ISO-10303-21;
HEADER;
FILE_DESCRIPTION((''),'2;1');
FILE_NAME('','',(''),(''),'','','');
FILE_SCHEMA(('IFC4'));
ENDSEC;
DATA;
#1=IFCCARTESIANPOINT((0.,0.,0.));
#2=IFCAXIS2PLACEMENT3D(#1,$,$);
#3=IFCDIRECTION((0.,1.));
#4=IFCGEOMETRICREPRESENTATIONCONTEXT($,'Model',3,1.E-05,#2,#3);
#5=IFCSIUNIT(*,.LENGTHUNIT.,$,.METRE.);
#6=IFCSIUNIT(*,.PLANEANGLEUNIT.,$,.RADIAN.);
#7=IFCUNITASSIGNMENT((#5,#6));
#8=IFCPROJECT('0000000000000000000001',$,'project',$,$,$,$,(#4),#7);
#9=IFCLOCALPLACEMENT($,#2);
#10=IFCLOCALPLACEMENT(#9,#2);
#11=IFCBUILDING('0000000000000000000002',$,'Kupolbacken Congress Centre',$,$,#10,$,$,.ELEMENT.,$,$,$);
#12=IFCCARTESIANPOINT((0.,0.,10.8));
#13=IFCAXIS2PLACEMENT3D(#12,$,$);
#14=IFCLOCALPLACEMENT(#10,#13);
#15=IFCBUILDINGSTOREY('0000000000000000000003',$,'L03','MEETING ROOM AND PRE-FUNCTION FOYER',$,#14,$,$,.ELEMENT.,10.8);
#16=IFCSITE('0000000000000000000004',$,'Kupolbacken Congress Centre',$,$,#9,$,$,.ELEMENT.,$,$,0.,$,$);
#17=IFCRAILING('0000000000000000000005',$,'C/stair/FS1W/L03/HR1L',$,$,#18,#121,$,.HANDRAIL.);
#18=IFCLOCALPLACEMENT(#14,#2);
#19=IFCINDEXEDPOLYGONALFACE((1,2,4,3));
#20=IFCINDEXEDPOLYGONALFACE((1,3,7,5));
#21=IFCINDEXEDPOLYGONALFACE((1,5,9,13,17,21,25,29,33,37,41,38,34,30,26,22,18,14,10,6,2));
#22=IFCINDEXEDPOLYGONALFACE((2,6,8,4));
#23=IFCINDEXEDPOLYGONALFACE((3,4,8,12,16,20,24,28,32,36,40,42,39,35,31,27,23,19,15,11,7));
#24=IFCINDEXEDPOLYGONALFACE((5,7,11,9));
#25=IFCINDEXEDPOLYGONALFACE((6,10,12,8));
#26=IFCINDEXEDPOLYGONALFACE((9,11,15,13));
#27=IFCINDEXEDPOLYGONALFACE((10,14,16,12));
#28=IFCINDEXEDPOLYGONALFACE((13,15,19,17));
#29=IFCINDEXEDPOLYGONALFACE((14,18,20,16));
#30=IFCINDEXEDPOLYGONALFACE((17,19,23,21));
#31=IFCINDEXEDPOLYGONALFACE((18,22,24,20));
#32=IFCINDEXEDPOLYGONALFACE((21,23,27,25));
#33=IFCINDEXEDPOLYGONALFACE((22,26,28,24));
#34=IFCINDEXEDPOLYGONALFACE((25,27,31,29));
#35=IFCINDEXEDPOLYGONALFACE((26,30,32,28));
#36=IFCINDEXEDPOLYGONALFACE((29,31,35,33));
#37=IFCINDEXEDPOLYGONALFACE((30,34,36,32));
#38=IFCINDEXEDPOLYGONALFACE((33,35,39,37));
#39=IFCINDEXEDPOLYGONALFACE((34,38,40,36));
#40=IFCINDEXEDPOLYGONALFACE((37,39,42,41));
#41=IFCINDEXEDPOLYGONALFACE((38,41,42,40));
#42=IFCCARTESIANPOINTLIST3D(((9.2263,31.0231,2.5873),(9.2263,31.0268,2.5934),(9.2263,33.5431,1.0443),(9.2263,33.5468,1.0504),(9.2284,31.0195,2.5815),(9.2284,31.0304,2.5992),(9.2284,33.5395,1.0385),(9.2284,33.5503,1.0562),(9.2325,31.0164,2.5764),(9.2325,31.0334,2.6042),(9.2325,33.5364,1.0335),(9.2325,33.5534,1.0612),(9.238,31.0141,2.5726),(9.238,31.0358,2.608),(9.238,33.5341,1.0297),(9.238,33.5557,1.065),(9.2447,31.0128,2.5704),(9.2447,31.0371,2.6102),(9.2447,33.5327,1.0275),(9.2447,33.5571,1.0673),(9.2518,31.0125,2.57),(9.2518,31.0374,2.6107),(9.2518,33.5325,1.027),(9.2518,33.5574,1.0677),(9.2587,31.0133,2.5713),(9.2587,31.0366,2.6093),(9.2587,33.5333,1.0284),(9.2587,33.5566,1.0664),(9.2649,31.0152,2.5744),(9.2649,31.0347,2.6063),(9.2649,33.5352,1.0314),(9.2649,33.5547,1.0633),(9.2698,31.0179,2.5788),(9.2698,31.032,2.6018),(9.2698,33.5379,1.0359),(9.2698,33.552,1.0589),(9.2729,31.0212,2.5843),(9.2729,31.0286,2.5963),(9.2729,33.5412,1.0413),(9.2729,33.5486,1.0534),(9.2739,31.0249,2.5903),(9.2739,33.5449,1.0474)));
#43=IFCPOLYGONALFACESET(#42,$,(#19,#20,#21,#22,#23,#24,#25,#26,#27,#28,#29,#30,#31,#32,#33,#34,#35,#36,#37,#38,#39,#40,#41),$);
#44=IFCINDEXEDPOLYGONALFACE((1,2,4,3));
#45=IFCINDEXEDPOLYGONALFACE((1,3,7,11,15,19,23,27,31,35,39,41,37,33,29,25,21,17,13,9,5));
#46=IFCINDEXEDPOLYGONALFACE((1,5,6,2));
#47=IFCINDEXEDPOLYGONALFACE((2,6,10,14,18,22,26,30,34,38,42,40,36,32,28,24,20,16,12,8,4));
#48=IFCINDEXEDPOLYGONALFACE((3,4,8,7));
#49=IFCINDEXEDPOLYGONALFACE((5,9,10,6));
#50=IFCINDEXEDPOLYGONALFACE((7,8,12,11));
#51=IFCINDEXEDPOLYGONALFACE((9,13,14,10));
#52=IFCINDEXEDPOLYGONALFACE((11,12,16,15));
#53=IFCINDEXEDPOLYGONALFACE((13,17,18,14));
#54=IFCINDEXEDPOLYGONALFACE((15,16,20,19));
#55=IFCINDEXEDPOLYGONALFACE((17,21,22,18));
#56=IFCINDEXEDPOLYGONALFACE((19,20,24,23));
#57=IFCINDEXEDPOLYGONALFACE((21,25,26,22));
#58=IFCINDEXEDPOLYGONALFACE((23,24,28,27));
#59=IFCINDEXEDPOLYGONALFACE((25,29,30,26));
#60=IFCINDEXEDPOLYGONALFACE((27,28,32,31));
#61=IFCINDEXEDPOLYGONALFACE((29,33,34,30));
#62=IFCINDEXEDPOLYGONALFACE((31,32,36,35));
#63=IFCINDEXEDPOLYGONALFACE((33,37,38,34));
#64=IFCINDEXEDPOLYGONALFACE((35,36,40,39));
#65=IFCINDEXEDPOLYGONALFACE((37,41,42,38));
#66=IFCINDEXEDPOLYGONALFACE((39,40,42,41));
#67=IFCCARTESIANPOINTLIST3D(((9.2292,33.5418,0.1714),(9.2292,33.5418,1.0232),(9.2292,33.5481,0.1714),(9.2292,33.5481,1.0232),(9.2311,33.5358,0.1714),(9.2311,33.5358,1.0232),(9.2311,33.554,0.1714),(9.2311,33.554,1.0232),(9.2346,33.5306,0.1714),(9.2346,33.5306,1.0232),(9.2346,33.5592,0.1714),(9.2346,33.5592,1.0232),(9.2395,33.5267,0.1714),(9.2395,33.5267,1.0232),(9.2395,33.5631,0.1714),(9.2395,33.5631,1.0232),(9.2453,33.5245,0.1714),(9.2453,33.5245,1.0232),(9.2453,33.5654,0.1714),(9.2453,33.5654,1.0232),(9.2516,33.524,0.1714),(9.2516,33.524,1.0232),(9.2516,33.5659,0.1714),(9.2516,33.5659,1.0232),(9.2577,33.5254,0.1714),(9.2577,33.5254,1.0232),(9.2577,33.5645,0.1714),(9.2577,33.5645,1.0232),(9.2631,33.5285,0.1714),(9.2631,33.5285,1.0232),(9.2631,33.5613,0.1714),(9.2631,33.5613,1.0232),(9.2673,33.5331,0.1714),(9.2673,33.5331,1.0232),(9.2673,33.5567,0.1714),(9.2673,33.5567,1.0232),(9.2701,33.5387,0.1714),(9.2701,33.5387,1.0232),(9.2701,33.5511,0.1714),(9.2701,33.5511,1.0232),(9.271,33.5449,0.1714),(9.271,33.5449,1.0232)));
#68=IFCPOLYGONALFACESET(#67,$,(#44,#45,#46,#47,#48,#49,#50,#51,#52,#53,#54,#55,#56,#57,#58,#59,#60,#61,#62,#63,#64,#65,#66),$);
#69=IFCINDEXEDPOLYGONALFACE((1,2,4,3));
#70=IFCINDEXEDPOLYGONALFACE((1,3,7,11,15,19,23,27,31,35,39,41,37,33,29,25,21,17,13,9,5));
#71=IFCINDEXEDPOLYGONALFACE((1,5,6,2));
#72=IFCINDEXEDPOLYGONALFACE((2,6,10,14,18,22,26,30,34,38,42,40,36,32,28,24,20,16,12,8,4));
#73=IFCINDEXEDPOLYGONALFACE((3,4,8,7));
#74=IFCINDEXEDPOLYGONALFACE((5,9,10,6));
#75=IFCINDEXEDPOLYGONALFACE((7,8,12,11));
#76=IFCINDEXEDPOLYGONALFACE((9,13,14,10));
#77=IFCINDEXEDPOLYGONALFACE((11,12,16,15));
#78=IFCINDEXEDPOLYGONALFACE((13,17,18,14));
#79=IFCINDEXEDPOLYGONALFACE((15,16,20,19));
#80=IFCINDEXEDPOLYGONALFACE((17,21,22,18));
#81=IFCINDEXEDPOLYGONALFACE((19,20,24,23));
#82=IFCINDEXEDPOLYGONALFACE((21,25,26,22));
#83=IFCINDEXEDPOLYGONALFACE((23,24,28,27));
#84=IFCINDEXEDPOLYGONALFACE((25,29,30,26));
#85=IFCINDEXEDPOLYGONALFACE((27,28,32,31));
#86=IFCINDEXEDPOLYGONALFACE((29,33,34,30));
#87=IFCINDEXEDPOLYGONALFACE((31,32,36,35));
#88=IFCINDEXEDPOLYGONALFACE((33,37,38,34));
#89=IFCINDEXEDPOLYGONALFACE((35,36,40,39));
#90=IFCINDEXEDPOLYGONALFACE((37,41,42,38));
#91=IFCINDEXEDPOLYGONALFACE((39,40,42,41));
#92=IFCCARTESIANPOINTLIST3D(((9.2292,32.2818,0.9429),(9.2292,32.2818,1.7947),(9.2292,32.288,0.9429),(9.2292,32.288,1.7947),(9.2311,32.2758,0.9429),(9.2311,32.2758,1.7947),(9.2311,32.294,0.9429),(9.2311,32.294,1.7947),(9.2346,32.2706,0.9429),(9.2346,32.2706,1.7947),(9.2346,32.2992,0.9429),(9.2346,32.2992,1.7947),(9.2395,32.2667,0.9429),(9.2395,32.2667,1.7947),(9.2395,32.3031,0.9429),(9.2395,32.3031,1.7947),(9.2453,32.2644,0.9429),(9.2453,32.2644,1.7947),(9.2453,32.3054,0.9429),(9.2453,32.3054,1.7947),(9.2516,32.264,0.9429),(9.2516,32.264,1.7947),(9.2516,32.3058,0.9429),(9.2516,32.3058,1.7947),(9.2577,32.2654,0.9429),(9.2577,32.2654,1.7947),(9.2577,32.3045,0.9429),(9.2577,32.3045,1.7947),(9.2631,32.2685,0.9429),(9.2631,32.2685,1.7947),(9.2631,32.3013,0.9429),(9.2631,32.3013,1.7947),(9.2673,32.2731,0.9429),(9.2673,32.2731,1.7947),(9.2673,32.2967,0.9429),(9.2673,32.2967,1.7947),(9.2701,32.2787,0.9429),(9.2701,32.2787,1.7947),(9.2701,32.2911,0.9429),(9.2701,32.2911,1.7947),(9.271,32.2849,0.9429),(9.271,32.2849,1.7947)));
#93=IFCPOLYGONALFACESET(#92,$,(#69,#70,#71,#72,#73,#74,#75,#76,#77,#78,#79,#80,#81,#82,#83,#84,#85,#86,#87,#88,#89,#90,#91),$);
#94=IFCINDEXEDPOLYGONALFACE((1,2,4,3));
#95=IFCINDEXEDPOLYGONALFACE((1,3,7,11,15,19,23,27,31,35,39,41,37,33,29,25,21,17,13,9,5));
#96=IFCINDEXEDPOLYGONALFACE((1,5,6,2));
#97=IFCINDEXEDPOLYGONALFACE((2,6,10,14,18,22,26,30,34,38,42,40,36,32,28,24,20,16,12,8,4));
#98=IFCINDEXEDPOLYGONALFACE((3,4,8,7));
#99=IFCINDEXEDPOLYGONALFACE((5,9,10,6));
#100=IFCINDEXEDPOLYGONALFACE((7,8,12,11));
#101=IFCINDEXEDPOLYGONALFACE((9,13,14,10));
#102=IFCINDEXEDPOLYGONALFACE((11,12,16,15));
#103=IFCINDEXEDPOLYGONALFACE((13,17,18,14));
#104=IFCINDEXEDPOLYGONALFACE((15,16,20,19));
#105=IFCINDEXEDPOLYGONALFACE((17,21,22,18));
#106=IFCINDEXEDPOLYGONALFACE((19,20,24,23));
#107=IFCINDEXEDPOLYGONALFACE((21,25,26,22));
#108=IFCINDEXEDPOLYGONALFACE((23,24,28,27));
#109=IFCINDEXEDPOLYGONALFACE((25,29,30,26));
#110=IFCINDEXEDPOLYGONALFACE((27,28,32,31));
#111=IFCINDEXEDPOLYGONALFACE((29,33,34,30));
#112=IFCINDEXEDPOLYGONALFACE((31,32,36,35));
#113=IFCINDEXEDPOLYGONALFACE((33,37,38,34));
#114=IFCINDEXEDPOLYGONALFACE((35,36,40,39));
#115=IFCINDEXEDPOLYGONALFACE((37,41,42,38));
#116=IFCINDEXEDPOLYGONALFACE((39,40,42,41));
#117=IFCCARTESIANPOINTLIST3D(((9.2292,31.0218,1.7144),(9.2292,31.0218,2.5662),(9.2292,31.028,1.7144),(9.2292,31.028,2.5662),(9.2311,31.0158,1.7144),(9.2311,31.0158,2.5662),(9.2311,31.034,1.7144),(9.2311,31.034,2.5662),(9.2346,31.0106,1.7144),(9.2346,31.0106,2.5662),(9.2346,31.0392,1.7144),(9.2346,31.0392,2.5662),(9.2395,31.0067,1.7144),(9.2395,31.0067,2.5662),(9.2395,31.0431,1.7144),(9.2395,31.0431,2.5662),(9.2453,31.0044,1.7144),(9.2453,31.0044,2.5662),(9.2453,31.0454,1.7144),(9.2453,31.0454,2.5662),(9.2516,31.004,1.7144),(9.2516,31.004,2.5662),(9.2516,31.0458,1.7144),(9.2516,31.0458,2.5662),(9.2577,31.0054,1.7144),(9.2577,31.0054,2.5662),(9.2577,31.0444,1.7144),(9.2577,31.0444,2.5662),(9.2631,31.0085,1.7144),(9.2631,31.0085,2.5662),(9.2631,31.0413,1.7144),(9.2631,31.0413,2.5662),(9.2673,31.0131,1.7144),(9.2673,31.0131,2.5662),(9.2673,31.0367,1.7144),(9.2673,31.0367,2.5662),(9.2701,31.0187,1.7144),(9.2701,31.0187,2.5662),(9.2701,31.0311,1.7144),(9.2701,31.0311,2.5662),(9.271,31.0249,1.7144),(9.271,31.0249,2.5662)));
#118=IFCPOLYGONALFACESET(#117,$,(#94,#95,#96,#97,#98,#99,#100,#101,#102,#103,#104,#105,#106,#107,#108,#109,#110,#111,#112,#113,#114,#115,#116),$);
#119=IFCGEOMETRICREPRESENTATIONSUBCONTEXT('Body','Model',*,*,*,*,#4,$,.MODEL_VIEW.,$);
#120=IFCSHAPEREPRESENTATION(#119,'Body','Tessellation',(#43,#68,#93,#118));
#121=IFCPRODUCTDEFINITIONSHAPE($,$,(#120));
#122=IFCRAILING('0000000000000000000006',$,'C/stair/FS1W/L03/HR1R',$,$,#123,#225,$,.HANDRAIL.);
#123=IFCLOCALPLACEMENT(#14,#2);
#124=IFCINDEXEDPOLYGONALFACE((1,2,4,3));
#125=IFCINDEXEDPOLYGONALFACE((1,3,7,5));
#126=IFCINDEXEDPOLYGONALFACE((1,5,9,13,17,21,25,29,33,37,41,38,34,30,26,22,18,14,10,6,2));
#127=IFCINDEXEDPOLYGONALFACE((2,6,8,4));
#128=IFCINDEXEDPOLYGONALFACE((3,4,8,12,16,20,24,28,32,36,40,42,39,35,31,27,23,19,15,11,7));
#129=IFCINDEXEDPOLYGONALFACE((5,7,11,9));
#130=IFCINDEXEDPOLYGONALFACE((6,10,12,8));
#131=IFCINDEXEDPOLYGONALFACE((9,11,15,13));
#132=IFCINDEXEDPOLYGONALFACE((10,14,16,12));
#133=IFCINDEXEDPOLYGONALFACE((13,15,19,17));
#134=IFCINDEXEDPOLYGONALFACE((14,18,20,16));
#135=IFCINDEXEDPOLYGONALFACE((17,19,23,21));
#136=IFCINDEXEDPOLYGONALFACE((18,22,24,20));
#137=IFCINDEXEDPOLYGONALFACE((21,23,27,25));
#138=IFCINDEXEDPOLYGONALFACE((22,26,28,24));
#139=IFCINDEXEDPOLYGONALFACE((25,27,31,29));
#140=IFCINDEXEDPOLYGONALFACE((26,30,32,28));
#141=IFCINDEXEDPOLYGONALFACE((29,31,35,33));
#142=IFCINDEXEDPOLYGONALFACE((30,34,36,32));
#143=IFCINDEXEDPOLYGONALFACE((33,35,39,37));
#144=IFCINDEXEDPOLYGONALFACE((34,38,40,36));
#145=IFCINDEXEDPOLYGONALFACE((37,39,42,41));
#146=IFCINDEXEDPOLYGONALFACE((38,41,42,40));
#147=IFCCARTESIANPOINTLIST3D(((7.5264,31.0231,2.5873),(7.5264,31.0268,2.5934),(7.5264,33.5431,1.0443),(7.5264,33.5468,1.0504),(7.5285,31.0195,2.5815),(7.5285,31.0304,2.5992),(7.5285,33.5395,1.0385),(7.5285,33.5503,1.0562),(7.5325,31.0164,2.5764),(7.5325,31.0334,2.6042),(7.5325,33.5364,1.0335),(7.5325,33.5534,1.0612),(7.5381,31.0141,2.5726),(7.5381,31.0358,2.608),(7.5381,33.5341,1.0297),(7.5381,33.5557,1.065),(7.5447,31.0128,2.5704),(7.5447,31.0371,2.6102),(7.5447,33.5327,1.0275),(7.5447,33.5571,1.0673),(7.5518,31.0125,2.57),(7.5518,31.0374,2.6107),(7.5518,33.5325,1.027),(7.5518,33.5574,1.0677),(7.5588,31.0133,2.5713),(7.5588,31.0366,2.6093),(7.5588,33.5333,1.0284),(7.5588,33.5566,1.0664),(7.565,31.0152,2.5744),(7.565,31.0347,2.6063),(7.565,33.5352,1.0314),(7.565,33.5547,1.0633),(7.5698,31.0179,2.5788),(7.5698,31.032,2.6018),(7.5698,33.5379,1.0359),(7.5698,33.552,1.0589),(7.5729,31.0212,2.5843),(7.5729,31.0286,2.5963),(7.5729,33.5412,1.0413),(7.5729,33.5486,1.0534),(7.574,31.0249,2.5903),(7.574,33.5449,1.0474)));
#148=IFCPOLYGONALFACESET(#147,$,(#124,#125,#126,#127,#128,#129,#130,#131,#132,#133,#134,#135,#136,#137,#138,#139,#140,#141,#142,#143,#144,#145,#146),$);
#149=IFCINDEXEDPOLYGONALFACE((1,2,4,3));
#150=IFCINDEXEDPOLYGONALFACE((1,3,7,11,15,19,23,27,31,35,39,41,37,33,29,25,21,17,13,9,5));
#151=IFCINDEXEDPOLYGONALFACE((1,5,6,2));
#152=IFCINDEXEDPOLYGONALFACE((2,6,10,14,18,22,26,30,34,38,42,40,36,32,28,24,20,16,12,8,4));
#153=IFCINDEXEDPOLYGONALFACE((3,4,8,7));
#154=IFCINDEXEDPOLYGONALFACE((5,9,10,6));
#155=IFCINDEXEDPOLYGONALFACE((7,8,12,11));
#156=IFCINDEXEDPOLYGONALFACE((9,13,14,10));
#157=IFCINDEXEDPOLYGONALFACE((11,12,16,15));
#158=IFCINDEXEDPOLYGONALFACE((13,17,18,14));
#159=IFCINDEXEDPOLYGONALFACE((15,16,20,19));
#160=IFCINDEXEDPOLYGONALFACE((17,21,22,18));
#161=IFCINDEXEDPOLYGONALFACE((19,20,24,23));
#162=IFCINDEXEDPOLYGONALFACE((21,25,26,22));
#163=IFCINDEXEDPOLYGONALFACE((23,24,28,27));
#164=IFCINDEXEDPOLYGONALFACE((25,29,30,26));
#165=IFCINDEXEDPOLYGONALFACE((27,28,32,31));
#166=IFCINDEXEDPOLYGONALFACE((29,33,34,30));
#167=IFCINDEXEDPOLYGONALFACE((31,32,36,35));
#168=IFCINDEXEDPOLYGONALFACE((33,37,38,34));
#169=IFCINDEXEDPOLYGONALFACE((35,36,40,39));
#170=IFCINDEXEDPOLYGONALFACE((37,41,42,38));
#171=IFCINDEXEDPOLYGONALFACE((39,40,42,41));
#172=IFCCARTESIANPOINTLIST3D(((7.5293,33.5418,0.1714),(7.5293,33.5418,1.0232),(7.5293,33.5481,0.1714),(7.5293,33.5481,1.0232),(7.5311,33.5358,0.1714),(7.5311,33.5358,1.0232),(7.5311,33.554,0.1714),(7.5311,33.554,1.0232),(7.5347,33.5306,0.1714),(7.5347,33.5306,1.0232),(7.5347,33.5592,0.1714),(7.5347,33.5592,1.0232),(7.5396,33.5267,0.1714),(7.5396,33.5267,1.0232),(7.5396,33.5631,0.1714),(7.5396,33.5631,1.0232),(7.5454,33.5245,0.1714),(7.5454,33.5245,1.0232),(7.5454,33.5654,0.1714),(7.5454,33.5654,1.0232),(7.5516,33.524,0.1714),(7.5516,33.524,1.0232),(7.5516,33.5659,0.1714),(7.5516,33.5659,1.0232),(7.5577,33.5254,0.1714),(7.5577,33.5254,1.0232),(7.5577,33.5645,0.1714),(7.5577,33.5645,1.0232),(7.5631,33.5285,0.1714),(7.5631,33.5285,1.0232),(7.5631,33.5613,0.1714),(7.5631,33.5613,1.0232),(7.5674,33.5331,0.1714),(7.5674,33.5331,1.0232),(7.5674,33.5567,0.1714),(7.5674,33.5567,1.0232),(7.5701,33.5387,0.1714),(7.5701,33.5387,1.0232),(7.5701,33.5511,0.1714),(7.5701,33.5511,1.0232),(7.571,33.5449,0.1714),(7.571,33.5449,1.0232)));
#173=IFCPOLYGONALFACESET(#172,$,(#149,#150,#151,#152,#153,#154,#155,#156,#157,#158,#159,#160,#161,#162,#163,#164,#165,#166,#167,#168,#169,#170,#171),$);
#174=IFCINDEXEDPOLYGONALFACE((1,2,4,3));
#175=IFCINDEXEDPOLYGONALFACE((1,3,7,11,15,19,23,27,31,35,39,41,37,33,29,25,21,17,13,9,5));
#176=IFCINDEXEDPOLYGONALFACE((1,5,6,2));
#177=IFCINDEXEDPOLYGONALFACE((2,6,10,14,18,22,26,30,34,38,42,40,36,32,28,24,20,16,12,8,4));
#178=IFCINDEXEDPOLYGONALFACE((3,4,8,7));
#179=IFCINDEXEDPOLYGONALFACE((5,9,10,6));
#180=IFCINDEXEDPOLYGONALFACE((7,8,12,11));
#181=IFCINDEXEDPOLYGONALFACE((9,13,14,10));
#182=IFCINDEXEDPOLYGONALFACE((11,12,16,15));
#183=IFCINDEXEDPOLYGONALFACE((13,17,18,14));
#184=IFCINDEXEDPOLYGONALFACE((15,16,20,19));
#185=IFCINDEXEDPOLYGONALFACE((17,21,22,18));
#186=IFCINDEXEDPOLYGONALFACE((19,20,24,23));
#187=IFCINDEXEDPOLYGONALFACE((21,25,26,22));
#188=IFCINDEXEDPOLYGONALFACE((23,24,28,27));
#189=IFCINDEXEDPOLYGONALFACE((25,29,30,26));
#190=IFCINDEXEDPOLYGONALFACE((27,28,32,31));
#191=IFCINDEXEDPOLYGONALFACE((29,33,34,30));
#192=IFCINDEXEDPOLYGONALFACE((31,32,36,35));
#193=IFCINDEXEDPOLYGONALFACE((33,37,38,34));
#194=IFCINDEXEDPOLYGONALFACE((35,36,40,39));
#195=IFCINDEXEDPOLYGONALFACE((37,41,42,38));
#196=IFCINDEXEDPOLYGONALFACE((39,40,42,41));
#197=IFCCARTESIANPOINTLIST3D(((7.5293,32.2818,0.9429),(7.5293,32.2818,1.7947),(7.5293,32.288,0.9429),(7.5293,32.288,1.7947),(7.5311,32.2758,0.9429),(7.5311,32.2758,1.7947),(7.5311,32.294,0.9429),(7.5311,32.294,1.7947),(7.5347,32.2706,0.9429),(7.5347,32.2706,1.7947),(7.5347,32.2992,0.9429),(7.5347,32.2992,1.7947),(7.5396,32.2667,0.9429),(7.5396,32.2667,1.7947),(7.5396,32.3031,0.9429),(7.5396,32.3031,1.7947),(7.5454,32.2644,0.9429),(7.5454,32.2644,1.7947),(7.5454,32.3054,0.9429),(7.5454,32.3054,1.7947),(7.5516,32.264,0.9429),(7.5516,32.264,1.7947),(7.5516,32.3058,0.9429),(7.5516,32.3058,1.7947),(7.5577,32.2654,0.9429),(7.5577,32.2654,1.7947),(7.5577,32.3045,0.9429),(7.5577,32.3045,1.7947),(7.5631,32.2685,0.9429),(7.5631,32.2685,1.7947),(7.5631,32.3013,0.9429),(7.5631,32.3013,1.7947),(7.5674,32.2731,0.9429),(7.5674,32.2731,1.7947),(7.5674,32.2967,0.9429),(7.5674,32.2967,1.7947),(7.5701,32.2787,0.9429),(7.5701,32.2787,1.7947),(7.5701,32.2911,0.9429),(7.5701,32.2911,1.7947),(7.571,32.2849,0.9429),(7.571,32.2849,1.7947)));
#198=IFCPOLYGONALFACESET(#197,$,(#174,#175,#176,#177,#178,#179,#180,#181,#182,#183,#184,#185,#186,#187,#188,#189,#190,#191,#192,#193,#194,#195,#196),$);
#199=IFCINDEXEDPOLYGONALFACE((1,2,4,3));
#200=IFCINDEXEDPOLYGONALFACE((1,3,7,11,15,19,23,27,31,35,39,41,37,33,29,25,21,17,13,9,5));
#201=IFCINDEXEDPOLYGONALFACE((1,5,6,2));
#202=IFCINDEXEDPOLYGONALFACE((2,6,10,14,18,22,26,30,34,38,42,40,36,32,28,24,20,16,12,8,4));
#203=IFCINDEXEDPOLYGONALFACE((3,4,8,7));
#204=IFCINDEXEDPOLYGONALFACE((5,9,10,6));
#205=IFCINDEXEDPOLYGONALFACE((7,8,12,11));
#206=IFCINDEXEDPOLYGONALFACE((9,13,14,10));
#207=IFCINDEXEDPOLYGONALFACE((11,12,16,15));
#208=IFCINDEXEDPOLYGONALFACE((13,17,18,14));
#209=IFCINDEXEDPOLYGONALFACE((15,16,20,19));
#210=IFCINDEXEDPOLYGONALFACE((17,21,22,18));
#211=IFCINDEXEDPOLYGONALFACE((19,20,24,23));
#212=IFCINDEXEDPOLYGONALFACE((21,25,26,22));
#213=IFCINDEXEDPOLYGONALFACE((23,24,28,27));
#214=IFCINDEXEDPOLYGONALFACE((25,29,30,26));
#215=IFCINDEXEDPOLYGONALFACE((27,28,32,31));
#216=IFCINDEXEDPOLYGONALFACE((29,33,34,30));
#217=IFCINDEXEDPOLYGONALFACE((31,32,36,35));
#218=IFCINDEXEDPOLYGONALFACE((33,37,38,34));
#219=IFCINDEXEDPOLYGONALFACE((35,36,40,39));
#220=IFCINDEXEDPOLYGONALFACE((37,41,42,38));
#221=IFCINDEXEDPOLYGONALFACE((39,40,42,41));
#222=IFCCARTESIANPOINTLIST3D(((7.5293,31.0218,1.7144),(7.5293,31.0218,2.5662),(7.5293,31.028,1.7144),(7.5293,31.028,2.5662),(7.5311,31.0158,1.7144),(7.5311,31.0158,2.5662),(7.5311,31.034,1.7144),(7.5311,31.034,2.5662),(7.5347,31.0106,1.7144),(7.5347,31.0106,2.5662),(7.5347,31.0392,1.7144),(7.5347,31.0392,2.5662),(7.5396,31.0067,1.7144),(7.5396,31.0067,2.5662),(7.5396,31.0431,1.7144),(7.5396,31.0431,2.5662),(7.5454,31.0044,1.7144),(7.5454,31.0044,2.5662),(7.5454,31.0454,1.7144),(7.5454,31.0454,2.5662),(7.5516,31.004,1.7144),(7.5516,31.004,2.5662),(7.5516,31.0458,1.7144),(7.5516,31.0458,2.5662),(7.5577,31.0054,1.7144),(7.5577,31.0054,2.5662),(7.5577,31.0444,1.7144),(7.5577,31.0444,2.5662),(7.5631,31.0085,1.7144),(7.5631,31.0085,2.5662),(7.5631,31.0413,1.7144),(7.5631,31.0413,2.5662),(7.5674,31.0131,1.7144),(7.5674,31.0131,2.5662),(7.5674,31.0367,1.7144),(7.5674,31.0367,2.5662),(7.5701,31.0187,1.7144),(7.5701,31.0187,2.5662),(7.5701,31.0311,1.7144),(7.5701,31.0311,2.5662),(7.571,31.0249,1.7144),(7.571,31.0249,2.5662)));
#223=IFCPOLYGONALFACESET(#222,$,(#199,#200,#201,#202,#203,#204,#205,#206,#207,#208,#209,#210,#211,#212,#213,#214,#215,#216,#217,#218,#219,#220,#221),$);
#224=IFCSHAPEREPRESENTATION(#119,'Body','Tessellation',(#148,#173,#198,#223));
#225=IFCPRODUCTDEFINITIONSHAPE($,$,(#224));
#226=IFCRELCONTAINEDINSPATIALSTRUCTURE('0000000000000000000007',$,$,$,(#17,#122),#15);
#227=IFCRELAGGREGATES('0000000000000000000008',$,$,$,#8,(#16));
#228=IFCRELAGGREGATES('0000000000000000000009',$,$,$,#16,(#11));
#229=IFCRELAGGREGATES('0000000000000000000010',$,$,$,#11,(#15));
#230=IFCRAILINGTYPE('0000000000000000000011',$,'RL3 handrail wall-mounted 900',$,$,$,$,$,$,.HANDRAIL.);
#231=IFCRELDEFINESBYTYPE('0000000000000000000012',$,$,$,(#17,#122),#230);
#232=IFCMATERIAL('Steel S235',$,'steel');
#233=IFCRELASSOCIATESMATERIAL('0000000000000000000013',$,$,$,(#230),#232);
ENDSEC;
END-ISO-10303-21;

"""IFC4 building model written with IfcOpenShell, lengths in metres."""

from ifc_helpers import new_model, si_unit, direction, frame, origin, origin_2d, place, context, subcontext, project, spatial, circle, extrude, material, type_object, element, save


model = new_model("IFC4")

# Units and contexts
model_context = context("Model", 3, precision=1e-05, world=origin(), true_north=direction((0.0, 1.0)))
body_context = subcontext(model_context, "Body", "Model", "MODEL_VIEW")
ifc_project = project(units=[si_unit("LENGTHUNIT", "METRE"), si_unit("PLANEANGLEUNIT", "RADIAN")], contexts=[model_context])

# Site, building, storey
site_placement = place(None, origin())
site = spatial("IfcSite", under=ifc_project, at=site_placement, Name="Kupolbacken Congress Centre", CompositionType="ELEMENT", RefElevation=0.0)
building_placement = place(site_placement, origin())
building = spatial("IfcBuilding", under=site, at=building_placement, Name="Kupolbacken Congress Centre", CompositionType="ELEMENT")
storey_placement = place(building_placement, frame((0.0, 0.0, 10.8)))
storey = spatial("IfcBuildingStorey", under=building, at=storey_placement, Name="L03", Description="MEETING ROOM AND PRE-FUNCTION FOYER", CompositionType="ELEMENT", Elevation=10.8)

# Railings
ifc_material_1 = material(Name="Steel S235", Category="steel")
railing_type = type_object("IfcRailingType", Name="RL3 handrail wall-mounted 900", PredefinedType="HANDRAIL", material=ifc_material_1)
for number, where, name in (
    (1, (9.25, 33.5449, 0.1714), "C/stair/FS1W/L03/HR1L"),
    (2, (7.55, 33.5449, 0.1714), "C/stair/FS1W/L03/HR1R"),
):
    element("IfcRailing", number, at=place(storey_placement, frame(where)), inside=storey, type_object=railing_type, Name=name, PredefinedType="HANDRAIL", context=body_context, shape_type="SweptSolid", body=[
        extrude(circle(Radius=0.0239, at=origin_2d()), frame((0.0, 0.0, 0.876), z_axis=(0.0, -0.852836, 0.522178), x_axis=(1.0, 0.0, 0.0)), (0.0, 0.0, 1.0), 2.9548),
        extrude(circle(Radius=0.021, at=origin_2d()), origin(), (0.0, 0.0, 1.0), 0.8518),
        extrude(circle(Radius=0.021, at=origin_2d()), frame((0.0, -1.26, 0.7715)), (0.0, 0.0, 1.0), 0.8518),
        extrude(circle(Radius=0.021, at=origin_2d()), frame((0.0, -2.52, 1.543)), (0.0, 0.0, 1.0), 0.8518),
    ])

save(model, "model.ifc")
